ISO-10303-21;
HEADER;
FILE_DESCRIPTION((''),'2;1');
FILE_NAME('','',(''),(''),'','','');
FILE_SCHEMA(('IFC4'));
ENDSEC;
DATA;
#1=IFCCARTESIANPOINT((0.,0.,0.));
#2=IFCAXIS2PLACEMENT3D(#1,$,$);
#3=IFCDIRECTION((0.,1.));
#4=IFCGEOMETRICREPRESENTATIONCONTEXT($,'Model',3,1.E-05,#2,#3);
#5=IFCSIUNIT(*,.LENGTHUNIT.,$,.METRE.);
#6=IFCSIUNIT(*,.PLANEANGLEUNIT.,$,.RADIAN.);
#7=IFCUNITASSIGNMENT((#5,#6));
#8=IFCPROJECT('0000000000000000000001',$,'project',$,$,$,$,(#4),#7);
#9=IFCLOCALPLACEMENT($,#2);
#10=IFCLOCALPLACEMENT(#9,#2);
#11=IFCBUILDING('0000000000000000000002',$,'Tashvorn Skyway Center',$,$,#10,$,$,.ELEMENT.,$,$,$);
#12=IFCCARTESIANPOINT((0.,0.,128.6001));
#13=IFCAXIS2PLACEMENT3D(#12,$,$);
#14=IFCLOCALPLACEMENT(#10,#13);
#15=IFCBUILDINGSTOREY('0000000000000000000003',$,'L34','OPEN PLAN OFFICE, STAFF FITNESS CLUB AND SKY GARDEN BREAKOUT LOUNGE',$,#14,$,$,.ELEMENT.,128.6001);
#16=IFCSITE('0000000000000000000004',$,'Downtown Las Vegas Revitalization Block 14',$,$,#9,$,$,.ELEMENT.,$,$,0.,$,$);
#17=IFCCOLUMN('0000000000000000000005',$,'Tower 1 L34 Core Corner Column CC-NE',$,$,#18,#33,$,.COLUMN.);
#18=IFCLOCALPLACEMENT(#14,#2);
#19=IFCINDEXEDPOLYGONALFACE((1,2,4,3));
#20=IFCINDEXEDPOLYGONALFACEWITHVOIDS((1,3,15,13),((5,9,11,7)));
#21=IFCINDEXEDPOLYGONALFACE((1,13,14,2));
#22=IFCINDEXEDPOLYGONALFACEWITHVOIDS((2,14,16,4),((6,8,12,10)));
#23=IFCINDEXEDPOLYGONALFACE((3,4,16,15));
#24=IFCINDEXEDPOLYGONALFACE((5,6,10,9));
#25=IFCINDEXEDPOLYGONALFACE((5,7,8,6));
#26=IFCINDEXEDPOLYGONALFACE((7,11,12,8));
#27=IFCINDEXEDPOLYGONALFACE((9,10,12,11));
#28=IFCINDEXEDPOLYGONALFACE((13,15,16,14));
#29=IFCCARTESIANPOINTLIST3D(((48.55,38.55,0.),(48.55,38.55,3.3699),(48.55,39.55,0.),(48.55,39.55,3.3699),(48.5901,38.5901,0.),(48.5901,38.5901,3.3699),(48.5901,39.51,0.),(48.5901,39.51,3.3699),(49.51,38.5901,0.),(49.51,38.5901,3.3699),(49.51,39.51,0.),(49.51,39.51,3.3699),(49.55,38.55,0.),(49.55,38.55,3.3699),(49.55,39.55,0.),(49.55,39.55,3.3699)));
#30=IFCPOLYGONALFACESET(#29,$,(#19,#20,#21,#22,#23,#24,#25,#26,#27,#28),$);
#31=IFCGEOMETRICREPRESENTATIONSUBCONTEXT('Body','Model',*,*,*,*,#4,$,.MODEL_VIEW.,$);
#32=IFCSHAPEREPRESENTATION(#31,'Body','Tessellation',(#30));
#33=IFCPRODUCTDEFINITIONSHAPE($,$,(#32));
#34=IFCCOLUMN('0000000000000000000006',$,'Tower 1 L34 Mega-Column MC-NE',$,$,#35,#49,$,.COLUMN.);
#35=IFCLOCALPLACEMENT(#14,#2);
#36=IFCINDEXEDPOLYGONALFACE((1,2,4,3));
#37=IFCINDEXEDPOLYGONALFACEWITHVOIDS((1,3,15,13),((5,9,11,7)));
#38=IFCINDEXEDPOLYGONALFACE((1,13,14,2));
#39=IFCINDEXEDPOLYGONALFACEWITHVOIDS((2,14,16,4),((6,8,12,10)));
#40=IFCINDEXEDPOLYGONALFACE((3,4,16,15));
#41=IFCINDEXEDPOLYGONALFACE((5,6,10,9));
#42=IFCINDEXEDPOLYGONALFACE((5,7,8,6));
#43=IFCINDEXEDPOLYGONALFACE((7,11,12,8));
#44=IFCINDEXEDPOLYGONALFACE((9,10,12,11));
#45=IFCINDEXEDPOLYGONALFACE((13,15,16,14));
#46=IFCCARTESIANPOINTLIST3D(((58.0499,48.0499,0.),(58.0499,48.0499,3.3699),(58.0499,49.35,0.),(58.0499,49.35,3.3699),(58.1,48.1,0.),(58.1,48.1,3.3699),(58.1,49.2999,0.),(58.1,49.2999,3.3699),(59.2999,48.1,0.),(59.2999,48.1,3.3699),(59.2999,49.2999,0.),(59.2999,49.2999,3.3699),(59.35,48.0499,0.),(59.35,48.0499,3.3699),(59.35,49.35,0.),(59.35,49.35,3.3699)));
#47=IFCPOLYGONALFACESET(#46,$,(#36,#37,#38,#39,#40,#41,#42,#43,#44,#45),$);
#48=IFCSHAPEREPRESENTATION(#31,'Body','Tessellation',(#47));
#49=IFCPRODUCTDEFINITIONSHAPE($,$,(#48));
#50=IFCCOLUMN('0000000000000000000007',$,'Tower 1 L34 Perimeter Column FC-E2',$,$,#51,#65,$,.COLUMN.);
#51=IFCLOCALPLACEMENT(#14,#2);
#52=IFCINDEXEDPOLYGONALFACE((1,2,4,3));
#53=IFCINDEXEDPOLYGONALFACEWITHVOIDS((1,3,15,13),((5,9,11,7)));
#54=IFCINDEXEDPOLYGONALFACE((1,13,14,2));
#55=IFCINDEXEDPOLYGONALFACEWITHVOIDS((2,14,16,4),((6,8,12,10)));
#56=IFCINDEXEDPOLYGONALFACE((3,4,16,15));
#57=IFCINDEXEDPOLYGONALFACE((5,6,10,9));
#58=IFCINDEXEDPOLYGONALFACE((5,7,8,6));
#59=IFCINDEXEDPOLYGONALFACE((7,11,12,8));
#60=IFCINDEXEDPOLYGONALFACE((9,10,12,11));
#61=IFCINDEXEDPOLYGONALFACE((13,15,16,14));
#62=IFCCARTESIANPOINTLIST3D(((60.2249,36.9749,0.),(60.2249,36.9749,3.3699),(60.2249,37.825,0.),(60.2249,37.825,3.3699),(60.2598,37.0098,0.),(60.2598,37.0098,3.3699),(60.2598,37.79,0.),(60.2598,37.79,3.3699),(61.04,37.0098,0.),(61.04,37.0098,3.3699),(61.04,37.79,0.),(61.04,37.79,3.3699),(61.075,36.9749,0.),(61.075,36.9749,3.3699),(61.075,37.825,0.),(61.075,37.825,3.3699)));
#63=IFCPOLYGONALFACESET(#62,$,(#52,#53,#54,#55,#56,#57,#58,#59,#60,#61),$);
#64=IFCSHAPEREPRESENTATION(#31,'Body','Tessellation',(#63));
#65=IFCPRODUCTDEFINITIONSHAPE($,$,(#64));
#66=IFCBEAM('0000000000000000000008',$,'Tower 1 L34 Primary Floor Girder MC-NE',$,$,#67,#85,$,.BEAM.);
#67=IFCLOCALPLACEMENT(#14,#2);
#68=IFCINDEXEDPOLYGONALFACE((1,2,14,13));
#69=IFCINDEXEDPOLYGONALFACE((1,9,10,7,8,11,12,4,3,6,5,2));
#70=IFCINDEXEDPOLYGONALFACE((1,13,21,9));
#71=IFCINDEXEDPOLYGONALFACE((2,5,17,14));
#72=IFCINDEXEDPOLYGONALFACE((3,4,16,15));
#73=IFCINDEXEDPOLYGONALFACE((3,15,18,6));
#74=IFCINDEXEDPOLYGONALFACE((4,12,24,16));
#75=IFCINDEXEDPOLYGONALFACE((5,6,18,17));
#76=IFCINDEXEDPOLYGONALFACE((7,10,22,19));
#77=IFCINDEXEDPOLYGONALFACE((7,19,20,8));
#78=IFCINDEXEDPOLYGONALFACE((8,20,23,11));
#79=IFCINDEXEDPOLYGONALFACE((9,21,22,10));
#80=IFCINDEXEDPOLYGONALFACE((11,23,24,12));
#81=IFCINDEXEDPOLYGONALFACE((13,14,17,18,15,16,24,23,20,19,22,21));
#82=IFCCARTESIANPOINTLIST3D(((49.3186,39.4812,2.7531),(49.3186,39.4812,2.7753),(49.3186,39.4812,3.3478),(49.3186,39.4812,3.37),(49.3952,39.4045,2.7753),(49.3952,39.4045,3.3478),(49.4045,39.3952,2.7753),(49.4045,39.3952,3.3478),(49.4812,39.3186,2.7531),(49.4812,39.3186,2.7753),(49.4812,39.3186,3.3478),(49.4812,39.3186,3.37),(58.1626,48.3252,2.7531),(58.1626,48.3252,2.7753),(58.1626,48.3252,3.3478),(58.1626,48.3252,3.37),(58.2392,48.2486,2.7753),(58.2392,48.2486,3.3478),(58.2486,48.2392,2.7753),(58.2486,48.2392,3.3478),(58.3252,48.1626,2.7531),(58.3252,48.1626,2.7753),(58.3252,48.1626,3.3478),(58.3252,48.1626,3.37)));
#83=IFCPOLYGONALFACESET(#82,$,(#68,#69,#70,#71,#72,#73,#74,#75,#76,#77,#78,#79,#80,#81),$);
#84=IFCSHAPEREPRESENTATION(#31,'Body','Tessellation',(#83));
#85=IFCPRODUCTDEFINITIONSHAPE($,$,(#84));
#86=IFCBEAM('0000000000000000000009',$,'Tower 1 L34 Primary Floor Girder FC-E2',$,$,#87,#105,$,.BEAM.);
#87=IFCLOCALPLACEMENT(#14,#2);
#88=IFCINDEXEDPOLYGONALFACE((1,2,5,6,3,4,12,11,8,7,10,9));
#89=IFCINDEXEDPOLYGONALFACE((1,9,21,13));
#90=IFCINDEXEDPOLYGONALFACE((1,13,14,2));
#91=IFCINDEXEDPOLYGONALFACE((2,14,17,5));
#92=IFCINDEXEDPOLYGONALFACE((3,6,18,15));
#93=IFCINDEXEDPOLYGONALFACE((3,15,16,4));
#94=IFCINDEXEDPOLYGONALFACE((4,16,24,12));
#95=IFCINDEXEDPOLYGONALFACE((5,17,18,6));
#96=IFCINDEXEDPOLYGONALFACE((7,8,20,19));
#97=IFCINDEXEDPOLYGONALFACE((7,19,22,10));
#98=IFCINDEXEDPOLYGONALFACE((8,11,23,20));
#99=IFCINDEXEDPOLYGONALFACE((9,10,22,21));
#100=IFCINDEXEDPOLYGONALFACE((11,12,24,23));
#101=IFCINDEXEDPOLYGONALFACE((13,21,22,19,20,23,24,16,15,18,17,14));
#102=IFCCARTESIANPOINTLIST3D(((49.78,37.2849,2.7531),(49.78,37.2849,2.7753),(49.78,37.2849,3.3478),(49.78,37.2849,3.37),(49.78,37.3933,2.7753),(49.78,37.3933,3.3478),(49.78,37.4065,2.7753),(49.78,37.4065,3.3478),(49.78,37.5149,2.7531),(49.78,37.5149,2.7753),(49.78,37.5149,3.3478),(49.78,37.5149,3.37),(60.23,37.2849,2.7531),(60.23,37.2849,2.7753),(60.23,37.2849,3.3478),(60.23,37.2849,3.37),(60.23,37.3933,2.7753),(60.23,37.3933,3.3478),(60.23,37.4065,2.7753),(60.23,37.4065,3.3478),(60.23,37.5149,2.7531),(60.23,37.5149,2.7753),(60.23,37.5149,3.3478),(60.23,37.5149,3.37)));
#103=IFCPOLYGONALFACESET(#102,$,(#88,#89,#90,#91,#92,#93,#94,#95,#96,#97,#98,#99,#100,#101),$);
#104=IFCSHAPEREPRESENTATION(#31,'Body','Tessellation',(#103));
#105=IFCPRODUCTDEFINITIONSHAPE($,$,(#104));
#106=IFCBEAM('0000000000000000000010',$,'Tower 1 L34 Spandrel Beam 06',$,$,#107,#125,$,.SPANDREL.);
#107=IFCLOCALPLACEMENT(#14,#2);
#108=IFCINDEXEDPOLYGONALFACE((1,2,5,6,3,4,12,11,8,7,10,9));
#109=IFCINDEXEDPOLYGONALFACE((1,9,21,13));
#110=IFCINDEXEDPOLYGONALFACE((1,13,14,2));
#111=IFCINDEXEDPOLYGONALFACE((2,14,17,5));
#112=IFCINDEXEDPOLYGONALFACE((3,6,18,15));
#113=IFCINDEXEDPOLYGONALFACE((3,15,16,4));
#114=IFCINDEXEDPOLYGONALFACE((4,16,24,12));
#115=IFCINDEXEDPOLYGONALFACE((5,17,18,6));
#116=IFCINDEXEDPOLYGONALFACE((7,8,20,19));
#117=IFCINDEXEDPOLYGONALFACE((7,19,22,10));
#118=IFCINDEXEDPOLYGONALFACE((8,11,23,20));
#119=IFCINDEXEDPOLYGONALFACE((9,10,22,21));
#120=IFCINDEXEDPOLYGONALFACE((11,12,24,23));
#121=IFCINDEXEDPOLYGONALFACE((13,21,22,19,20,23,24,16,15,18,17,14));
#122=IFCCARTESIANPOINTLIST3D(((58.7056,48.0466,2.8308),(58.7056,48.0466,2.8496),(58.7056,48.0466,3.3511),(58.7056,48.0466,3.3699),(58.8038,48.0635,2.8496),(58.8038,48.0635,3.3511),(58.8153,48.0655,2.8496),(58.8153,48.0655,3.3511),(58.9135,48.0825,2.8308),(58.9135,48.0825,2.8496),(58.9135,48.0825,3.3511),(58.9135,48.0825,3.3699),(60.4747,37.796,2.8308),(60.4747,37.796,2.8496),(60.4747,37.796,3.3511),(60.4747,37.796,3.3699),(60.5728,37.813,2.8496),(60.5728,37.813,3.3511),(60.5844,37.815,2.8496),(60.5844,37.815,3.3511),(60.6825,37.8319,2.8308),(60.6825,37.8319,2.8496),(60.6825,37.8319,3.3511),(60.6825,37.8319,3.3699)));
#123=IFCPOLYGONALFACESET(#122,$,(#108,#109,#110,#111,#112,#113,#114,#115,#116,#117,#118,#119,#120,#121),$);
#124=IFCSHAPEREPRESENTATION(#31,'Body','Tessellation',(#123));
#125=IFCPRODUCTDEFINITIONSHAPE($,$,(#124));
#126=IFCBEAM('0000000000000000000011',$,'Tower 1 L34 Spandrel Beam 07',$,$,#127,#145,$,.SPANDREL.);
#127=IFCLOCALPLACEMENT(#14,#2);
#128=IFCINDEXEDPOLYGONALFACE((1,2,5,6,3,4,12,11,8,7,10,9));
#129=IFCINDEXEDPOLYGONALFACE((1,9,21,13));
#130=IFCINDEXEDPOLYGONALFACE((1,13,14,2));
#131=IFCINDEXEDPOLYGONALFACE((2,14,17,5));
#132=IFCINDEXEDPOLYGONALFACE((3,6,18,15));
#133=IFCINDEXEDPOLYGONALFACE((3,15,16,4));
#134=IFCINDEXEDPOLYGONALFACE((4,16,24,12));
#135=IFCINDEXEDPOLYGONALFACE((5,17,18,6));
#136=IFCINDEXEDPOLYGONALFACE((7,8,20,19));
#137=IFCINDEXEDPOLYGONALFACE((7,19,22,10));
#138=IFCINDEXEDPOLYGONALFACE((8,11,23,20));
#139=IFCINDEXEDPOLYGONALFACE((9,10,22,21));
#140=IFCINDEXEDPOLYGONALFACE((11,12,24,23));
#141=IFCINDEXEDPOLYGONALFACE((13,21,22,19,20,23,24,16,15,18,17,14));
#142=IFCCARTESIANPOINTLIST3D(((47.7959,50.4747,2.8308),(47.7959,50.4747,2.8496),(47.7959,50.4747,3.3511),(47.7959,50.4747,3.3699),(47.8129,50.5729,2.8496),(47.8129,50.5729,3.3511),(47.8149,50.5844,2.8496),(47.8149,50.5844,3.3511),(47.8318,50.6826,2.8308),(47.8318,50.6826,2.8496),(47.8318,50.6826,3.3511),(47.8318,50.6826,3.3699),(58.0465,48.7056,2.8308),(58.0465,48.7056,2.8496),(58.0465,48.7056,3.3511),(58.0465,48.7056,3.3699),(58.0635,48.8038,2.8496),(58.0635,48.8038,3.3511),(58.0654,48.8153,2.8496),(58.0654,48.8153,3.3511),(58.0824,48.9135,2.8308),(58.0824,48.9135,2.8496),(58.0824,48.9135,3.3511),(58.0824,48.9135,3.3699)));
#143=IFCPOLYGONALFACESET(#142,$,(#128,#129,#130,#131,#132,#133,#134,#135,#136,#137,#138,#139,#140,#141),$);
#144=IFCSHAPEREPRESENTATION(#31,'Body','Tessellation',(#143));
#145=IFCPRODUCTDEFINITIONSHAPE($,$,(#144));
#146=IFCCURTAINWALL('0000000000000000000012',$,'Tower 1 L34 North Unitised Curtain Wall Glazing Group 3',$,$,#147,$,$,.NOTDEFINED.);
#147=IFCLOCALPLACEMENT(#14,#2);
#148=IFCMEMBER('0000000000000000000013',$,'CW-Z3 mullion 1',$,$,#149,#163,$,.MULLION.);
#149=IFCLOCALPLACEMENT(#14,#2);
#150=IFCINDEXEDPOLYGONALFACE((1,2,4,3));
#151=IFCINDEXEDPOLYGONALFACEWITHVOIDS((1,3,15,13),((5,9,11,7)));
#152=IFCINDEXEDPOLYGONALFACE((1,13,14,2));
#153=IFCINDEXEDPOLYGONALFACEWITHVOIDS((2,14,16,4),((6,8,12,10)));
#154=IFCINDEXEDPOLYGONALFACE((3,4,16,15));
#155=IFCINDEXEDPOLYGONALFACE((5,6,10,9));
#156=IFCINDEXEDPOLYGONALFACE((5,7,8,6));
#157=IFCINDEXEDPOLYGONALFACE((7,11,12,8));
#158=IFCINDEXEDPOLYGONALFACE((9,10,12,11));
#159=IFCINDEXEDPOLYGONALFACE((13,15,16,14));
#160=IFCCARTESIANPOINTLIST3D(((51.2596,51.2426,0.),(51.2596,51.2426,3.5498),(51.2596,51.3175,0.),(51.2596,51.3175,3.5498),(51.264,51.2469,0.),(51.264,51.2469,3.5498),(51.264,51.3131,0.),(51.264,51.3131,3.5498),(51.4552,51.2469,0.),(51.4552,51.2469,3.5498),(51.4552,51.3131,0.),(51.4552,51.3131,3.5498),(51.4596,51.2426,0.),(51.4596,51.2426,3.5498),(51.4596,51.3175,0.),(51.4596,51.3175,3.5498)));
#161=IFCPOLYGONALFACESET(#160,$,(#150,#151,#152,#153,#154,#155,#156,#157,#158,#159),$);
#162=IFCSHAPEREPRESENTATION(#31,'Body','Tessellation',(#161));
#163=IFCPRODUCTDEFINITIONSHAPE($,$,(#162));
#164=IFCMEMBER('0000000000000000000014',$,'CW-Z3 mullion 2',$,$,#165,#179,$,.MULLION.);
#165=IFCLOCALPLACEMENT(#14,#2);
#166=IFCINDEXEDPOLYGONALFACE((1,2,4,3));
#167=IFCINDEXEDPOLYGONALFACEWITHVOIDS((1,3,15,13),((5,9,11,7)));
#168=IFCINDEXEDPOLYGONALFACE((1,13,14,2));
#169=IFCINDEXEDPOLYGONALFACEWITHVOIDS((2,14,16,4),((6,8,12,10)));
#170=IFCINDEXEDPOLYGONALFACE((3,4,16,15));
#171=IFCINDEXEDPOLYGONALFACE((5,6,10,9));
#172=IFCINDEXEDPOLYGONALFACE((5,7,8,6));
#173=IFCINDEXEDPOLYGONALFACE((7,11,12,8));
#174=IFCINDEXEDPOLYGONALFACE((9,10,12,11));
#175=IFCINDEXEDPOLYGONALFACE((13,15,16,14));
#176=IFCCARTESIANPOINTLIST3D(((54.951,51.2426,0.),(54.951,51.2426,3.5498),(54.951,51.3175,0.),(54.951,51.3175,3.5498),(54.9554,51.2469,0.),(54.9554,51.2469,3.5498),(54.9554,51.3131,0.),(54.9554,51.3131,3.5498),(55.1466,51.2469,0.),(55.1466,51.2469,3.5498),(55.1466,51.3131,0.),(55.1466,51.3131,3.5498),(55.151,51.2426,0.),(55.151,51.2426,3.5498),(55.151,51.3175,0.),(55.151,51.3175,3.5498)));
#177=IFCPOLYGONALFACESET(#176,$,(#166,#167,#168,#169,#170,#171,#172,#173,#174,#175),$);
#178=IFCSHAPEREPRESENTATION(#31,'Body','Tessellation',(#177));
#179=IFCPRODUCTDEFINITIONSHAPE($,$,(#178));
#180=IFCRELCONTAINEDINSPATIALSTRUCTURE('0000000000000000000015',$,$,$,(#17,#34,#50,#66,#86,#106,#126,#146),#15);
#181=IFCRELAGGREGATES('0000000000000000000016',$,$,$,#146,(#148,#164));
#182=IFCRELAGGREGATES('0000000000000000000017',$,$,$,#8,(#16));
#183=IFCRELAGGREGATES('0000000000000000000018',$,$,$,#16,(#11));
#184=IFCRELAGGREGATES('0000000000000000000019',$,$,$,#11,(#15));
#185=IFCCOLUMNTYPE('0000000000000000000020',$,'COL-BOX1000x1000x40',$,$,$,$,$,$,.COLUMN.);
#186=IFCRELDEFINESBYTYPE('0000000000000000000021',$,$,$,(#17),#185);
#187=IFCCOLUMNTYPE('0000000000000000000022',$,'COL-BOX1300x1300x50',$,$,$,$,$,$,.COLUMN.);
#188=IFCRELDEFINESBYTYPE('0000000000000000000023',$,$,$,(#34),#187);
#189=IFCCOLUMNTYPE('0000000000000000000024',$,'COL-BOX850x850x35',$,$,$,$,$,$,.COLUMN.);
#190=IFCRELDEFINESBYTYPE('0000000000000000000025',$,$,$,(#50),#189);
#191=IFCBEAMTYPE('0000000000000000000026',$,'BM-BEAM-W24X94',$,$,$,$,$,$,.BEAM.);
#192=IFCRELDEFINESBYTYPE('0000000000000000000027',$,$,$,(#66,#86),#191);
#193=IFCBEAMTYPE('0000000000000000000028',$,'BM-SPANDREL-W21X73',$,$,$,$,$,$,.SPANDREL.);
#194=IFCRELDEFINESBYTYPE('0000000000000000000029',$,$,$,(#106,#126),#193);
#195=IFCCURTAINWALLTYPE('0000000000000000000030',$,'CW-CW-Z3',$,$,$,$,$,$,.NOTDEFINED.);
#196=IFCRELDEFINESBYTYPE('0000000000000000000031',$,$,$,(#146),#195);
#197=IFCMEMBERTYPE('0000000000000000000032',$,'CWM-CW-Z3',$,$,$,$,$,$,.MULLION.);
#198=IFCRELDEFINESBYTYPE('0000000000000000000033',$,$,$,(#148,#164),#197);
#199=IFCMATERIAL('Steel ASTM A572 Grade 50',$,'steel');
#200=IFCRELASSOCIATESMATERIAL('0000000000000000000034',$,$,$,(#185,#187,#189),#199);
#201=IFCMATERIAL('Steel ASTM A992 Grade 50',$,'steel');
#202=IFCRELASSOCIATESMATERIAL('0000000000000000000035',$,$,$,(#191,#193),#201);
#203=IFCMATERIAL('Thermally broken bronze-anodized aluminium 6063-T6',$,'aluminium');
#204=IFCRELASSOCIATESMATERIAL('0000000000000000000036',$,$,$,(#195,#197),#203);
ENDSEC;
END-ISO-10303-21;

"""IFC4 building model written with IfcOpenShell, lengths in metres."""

from ifc_helpers import new_model, si_unit, direction, frame, origin, origin_2d, place, context, subcontext, project, spatial, hollow_rectangle, i_section, extrude, material, material_profile, profile_set, type_object, element, aggregate, save


model = new_model("IFC4")

# Units and contexts
model_context = context("Model", 3, precision=1e-05, world=origin(), true_north=direction((0.0, 1.0)))
body_context = subcontext(model_context, "Body", "Model", "MODEL_VIEW")
ifc_project = project(units=[si_unit("LENGTHUNIT", "METRE"), si_unit("PLANEANGLEUNIT", "RADIAN")], contexts=[model_context])

# Site, building, storey
site_placement = place(None, origin())
site = spatial("IfcSite", under=ifc_project, at=site_placement, Name="Downtown Las Vegas Revitalization Block 14", CompositionType="ELEMENT", RefElevation=0.0)
building_placement = place(site_placement, origin())
building = spatial("IfcBuilding", under=site, at=building_placement, Name="Tashvorn Skyway Center", CompositionType="ELEMENT")
storey_placement = place(building_placement, frame((0.0, 0.0, 128.6001)))
storey = spatial("IfcBuildingStorey", under=building, at=storey_placement, Name="L34", Description="OPEN PLAN OFFICE, STAFF FITNESS CLUB AND SKY GARDEN BREAKOUT LOUNGE", CompositionType="ELEMENT", Elevation=128.6001)

# Columns
ifc_material_1 = material(Name="Steel ASTM A572 Grade 50", Category="steel")
ifc_material_profile_1 = material_profile(ifc_material_1, hollow_rectangle(XDim=1.0, YDim=1.0, WallThickness=0.04, at=origin_2d()), Name="BOX1000x1000x40")
ifc_profile_set_1 = profile_set([ifc_material_profile_1], Name="Steel ASTM A572 Grade 50")
column_type_1 = type_object("IfcColumnType", Name="COL-BOX1000x1000x40", PredefinedType="COLUMN", material=ifc_profile_set_1)
column_1_placement = place(storey_placement, frame((49.05, 39.05, 0.0), z_axis=(0.0, 0.0, 1.0), x_axis=(1.0, 0.0, 0.0)))
element("IfcColumn", 1, at=column_1_placement, inside=storey, type_object=column_type_1, Name="Tower 1 L34 Core Corner Column CC-NE", PredefinedType="COLUMN", context=body_context, shape_type="SweptSolid", body=[
    extrude(hollow_rectangle(XDim=1.0, YDim=1.0, WallThickness=0.04, at=origin_2d()), origin(), (0.0, 0.0, 1.0), 3.3699),
])
ifc_material_profile_2 = material_profile(ifc_material_1, hollow_rectangle(XDim=1.3, YDim=1.3, WallThickness=0.05, at=origin_2d()), Name="BOX1300x1300x50")
ifc_profile_set_2 = profile_set([ifc_material_profile_2], Name="Steel ASTM A572 Grade 50")
column_type_2 = type_object("IfcColumnType", Name="COL-BOX1300x1300x50", PredefinedType="COLUMN", material=ifc_profile_set_2)
column_2_placement = place(storey_placement, frame((58.7, 48.7, 0.0), z_axis=(0.0, 0.0, 1.0), x_axis=(1.0, 0.0, 0.0)))
element("IfcColumn", 2, at=column_2_placement, inside=storey, type_object=column_type_2, Name="Tower 1 L34 Mega-Column MC-NE", PredefinedType="COLUMN", context=body_context, shape_type="SweptSolid", body=[
    extrude(hollow_rectangle(XDim=1.3, YDim=1.3, WallThickness=0.05, at=origin_2d()), origin(), (0.0, 0.0, 1.0), 3.3699),
])
ifc_material_profile_3 = material_profile(ifc_material_1, hollow_rectangle(XDim=0.8501, YDim=0.8501, WallThickness=0.0349, at=origin_2d()), Name="BOX850x850x35")
ifc_profile_set_3 = profile_set([ifc_material_profile_3], Name="Steel ASTM A572 Grade 50")
column_type_3 = type_object("IfcColumnType", Name="COL-BOX850x850x35", PredefinedType="COLUMN", material=ifc_profile_set_3)
column_3_placement = place(storey_placement, frame((60.6499, 37.3999, 0.0), z_axis=(0.0, 0.0, 1.0), x_axis=(1.0, 0.0, 0.0)))
element("IfcColumn", 3, at=column_3_placement, inside=storey, type_object=column_type_3, Name="Tower 1 L34 Perimeter Column FC-E2", PredefinedType="COLUMN", context=body_context, shape_type="SweptSolid", body=[
    extrude(hollow_rectangle(XDim=0.8501, YDim=0.8501, WallThickness=0.0349, at=origin_2d()), origin(), (0.0, 0.0, 1.0), 3.3699),
])

# Beams
ifc_material_2 = material(Name="Steel ASTM A992 Grade 50", Category="steel")
ifc_material_profile_4 = material_profile(ifc_material_2, i_section(OverallWidth=0.23, OverallDepth=0.6169, WebThickness=0.0132, FlangeThickness=0.0222, at=origin_2d()), Name="W24X94")
ifc_profile_set_4 = profile_set([ifc_material_profile_4], Name="Steel ASTM A992 Grade 50")
beam_type_1 = type_object("IfcBeamType", Name="BM-BEAM-W24X94", PredefinedType="BEAM", material=ifc_profile_set_4)
beam_1_placement = place(storey_placement, frame((58.2439, 48.2439, 3.0615), z_axis=(-0.707107, -0.707107, 0.0), x_axis=(0.707107, -0.707107, 0.0)))
element("IfcBeam", 4, at=beam_1_placement, inside=storey, type_object=beam_type_1, Name="Tower 1 L34 Primary Floor Girder MC-NE", PredefinedType="BEAM", context=body_context, shape_type="SweptSolid", body=[
    extrude(i_section(OverallWidth=0.23, OverallDepth=0.6169, WebThickness=0.0132, FlangeThickness=0.0222, at=origin_2d()), origin(), (0.0, 0.0, 1.0), 12.5073),
])
beam_2_placement = place(storey_placement, frame((60.23, 37.3999, 3.0615), z_axis=(-1.0, 0.0, 0.0), x_axis=(0.0, -1.0, 0.0)))
element("IfcBeam", 5, at=beam_2_placement, inside=storey, type_object=beam_type_1, Name="Tower 1 L34 Primary Floor Girder FC-E2", PredefinedType="BEAM", context=body_context, shape_type="SweptSolid", body=[
    extrude(i_section(OverallWidth=0.23, OverallDepth=0.6169, WebThickness=0.0132, FlangeThickness=0.0222, at=origin_2d()), origin(), (0.0, 0.0, 1.0), 10.45),
])
ifc_material_profile_5 = material_profile(ifc_material_2, i_section(OverallWidth=0.2109, OverallDepth=0.5391, WebThickness=0.0117, FlangeThickness=0.0188, at=origin_2d()), Name="W21X73")
ifc_profile_set_5 = profile_set([ifc_material_profile_5], Name="Steel ASTM A992 Grade 50")
beam_type_2 = type_object("IfcBeamType", Name="BM-SPANDREL-W21X73", PredefinedType="SPANDREL", material=ifc_profile_set_5)
for number, where, z_axis, x_axis, name in (
    (6, (60.5786, 37.814, 3.1003), (-0.170067, 0.985432, 0.0), (-0.985432, -0.170067, 0.0), "Tower 1 L34 Spandrel Beam 06"),
    (7, (58.0645, 48.8096, 3.1003), (-0.985432, 0.170067, 0.0), (-0.170067, -0.985432, 0.0), "Tower 1 L34 Spandrel Beam 07"),
):
    element("IfcBeam", number, at=place(storey_placement, frame(where, z_axis=z_axis, x_axis=x_axis)), inside=storey, type_object=beam_type_2, Name=name, PredefinedType="SPANDREL", context=body_context, shape_type="SweptSolid", body=[
        extrude(i_section(OverallWidth=0.2109, OverallDepth=0.5391, WebThickness=0.0117, FlangeThickness=0.0188, at=origin_2d()), origin(), (0.0, 0.0, 1.0), 10.4021),
    ])

# Curtain wall, members
ifc_material_3 = material(Name="Thermally broken bronze-anodized aluminium 6063-T6", Category="aluminium")
curtain_wall_type = type_object("IfcCurtainWallType", Name="CW-CW-Z3", PredefinedType="NOTDEFINED", material=ifc_material_3)
curtain_wall_1_placement = place(storey_placement, origin())
curtain_wall_1 = element("IfcCurtainWall", 8, at=curtain_wall_1_placement, inside=storey, type_object=curtain_wall_type, Name="Tower 1 L34 North Unitised Curtain Wall Glazing Group 3", PredefinedType="NOTDEFINED")
ifc_material_profile_6 = material_profile(ifc_material_3, hollow_rectangle(XDim=0.075, YDim=0.2, WallThickness=0.0044, at=origin_2d()), Name="ALU-MULL-75x200")
ifc_profile_set_6 = profile_set([ifc_material_profile_6], Name="Thermally broken bronze-anodized aluminium 6063-T6")
member_type_1 = type_object("IfcMemberType", Name="CWM-CW-Z3", PredefinedType="MULLION", material=ifc_profile_set_6)
member_1_placement = place(storey_placement, frame((51.3596, 51.28, 0.0), z_axis=(0.0, 0.0, 1.0), x_axis=(0.0, 1.0, 0.0)))
member_1 = element("IfcMember", 9, at=member_1_placement, type_object=member_type_1, Name="CW-Z3 mullion 1", PredefinedType="MULLION", context=body_context, shape_type="SweptSolid", body=[
    extrude(hollow_rectangle(XDim=0.075, YDim=0.2, WallThickness=0.0044, at=origin_2d()), origin(), (0.0, 0.0, 1.0), 3.5498),
])
member_2_placement = place(storey_placement, frame((55.051, 51.28, 0.0), z_axis=(0.0, 0.0, 1.0), x_axis=(0.0, 1.0, 0.0)))
member_2 = element("IfcMember", 10, at=member_2_placement, type_object=member_type_1, Name="CW-Z3 mullion 2", PredefinedType="MULLION", context=body_context, shape_type="SweptSolid", body=[
    extrude(hollow_rectangle(XDim=0.075, YDim=0.2, WallThickness=0.0044, at=origin_2d()), origin(), (0.0, 0.0, 1.0), 3.5498),
])

aggregate(curtain_wall_1, [member_1, member_2])

save(model, "model.ifc")
